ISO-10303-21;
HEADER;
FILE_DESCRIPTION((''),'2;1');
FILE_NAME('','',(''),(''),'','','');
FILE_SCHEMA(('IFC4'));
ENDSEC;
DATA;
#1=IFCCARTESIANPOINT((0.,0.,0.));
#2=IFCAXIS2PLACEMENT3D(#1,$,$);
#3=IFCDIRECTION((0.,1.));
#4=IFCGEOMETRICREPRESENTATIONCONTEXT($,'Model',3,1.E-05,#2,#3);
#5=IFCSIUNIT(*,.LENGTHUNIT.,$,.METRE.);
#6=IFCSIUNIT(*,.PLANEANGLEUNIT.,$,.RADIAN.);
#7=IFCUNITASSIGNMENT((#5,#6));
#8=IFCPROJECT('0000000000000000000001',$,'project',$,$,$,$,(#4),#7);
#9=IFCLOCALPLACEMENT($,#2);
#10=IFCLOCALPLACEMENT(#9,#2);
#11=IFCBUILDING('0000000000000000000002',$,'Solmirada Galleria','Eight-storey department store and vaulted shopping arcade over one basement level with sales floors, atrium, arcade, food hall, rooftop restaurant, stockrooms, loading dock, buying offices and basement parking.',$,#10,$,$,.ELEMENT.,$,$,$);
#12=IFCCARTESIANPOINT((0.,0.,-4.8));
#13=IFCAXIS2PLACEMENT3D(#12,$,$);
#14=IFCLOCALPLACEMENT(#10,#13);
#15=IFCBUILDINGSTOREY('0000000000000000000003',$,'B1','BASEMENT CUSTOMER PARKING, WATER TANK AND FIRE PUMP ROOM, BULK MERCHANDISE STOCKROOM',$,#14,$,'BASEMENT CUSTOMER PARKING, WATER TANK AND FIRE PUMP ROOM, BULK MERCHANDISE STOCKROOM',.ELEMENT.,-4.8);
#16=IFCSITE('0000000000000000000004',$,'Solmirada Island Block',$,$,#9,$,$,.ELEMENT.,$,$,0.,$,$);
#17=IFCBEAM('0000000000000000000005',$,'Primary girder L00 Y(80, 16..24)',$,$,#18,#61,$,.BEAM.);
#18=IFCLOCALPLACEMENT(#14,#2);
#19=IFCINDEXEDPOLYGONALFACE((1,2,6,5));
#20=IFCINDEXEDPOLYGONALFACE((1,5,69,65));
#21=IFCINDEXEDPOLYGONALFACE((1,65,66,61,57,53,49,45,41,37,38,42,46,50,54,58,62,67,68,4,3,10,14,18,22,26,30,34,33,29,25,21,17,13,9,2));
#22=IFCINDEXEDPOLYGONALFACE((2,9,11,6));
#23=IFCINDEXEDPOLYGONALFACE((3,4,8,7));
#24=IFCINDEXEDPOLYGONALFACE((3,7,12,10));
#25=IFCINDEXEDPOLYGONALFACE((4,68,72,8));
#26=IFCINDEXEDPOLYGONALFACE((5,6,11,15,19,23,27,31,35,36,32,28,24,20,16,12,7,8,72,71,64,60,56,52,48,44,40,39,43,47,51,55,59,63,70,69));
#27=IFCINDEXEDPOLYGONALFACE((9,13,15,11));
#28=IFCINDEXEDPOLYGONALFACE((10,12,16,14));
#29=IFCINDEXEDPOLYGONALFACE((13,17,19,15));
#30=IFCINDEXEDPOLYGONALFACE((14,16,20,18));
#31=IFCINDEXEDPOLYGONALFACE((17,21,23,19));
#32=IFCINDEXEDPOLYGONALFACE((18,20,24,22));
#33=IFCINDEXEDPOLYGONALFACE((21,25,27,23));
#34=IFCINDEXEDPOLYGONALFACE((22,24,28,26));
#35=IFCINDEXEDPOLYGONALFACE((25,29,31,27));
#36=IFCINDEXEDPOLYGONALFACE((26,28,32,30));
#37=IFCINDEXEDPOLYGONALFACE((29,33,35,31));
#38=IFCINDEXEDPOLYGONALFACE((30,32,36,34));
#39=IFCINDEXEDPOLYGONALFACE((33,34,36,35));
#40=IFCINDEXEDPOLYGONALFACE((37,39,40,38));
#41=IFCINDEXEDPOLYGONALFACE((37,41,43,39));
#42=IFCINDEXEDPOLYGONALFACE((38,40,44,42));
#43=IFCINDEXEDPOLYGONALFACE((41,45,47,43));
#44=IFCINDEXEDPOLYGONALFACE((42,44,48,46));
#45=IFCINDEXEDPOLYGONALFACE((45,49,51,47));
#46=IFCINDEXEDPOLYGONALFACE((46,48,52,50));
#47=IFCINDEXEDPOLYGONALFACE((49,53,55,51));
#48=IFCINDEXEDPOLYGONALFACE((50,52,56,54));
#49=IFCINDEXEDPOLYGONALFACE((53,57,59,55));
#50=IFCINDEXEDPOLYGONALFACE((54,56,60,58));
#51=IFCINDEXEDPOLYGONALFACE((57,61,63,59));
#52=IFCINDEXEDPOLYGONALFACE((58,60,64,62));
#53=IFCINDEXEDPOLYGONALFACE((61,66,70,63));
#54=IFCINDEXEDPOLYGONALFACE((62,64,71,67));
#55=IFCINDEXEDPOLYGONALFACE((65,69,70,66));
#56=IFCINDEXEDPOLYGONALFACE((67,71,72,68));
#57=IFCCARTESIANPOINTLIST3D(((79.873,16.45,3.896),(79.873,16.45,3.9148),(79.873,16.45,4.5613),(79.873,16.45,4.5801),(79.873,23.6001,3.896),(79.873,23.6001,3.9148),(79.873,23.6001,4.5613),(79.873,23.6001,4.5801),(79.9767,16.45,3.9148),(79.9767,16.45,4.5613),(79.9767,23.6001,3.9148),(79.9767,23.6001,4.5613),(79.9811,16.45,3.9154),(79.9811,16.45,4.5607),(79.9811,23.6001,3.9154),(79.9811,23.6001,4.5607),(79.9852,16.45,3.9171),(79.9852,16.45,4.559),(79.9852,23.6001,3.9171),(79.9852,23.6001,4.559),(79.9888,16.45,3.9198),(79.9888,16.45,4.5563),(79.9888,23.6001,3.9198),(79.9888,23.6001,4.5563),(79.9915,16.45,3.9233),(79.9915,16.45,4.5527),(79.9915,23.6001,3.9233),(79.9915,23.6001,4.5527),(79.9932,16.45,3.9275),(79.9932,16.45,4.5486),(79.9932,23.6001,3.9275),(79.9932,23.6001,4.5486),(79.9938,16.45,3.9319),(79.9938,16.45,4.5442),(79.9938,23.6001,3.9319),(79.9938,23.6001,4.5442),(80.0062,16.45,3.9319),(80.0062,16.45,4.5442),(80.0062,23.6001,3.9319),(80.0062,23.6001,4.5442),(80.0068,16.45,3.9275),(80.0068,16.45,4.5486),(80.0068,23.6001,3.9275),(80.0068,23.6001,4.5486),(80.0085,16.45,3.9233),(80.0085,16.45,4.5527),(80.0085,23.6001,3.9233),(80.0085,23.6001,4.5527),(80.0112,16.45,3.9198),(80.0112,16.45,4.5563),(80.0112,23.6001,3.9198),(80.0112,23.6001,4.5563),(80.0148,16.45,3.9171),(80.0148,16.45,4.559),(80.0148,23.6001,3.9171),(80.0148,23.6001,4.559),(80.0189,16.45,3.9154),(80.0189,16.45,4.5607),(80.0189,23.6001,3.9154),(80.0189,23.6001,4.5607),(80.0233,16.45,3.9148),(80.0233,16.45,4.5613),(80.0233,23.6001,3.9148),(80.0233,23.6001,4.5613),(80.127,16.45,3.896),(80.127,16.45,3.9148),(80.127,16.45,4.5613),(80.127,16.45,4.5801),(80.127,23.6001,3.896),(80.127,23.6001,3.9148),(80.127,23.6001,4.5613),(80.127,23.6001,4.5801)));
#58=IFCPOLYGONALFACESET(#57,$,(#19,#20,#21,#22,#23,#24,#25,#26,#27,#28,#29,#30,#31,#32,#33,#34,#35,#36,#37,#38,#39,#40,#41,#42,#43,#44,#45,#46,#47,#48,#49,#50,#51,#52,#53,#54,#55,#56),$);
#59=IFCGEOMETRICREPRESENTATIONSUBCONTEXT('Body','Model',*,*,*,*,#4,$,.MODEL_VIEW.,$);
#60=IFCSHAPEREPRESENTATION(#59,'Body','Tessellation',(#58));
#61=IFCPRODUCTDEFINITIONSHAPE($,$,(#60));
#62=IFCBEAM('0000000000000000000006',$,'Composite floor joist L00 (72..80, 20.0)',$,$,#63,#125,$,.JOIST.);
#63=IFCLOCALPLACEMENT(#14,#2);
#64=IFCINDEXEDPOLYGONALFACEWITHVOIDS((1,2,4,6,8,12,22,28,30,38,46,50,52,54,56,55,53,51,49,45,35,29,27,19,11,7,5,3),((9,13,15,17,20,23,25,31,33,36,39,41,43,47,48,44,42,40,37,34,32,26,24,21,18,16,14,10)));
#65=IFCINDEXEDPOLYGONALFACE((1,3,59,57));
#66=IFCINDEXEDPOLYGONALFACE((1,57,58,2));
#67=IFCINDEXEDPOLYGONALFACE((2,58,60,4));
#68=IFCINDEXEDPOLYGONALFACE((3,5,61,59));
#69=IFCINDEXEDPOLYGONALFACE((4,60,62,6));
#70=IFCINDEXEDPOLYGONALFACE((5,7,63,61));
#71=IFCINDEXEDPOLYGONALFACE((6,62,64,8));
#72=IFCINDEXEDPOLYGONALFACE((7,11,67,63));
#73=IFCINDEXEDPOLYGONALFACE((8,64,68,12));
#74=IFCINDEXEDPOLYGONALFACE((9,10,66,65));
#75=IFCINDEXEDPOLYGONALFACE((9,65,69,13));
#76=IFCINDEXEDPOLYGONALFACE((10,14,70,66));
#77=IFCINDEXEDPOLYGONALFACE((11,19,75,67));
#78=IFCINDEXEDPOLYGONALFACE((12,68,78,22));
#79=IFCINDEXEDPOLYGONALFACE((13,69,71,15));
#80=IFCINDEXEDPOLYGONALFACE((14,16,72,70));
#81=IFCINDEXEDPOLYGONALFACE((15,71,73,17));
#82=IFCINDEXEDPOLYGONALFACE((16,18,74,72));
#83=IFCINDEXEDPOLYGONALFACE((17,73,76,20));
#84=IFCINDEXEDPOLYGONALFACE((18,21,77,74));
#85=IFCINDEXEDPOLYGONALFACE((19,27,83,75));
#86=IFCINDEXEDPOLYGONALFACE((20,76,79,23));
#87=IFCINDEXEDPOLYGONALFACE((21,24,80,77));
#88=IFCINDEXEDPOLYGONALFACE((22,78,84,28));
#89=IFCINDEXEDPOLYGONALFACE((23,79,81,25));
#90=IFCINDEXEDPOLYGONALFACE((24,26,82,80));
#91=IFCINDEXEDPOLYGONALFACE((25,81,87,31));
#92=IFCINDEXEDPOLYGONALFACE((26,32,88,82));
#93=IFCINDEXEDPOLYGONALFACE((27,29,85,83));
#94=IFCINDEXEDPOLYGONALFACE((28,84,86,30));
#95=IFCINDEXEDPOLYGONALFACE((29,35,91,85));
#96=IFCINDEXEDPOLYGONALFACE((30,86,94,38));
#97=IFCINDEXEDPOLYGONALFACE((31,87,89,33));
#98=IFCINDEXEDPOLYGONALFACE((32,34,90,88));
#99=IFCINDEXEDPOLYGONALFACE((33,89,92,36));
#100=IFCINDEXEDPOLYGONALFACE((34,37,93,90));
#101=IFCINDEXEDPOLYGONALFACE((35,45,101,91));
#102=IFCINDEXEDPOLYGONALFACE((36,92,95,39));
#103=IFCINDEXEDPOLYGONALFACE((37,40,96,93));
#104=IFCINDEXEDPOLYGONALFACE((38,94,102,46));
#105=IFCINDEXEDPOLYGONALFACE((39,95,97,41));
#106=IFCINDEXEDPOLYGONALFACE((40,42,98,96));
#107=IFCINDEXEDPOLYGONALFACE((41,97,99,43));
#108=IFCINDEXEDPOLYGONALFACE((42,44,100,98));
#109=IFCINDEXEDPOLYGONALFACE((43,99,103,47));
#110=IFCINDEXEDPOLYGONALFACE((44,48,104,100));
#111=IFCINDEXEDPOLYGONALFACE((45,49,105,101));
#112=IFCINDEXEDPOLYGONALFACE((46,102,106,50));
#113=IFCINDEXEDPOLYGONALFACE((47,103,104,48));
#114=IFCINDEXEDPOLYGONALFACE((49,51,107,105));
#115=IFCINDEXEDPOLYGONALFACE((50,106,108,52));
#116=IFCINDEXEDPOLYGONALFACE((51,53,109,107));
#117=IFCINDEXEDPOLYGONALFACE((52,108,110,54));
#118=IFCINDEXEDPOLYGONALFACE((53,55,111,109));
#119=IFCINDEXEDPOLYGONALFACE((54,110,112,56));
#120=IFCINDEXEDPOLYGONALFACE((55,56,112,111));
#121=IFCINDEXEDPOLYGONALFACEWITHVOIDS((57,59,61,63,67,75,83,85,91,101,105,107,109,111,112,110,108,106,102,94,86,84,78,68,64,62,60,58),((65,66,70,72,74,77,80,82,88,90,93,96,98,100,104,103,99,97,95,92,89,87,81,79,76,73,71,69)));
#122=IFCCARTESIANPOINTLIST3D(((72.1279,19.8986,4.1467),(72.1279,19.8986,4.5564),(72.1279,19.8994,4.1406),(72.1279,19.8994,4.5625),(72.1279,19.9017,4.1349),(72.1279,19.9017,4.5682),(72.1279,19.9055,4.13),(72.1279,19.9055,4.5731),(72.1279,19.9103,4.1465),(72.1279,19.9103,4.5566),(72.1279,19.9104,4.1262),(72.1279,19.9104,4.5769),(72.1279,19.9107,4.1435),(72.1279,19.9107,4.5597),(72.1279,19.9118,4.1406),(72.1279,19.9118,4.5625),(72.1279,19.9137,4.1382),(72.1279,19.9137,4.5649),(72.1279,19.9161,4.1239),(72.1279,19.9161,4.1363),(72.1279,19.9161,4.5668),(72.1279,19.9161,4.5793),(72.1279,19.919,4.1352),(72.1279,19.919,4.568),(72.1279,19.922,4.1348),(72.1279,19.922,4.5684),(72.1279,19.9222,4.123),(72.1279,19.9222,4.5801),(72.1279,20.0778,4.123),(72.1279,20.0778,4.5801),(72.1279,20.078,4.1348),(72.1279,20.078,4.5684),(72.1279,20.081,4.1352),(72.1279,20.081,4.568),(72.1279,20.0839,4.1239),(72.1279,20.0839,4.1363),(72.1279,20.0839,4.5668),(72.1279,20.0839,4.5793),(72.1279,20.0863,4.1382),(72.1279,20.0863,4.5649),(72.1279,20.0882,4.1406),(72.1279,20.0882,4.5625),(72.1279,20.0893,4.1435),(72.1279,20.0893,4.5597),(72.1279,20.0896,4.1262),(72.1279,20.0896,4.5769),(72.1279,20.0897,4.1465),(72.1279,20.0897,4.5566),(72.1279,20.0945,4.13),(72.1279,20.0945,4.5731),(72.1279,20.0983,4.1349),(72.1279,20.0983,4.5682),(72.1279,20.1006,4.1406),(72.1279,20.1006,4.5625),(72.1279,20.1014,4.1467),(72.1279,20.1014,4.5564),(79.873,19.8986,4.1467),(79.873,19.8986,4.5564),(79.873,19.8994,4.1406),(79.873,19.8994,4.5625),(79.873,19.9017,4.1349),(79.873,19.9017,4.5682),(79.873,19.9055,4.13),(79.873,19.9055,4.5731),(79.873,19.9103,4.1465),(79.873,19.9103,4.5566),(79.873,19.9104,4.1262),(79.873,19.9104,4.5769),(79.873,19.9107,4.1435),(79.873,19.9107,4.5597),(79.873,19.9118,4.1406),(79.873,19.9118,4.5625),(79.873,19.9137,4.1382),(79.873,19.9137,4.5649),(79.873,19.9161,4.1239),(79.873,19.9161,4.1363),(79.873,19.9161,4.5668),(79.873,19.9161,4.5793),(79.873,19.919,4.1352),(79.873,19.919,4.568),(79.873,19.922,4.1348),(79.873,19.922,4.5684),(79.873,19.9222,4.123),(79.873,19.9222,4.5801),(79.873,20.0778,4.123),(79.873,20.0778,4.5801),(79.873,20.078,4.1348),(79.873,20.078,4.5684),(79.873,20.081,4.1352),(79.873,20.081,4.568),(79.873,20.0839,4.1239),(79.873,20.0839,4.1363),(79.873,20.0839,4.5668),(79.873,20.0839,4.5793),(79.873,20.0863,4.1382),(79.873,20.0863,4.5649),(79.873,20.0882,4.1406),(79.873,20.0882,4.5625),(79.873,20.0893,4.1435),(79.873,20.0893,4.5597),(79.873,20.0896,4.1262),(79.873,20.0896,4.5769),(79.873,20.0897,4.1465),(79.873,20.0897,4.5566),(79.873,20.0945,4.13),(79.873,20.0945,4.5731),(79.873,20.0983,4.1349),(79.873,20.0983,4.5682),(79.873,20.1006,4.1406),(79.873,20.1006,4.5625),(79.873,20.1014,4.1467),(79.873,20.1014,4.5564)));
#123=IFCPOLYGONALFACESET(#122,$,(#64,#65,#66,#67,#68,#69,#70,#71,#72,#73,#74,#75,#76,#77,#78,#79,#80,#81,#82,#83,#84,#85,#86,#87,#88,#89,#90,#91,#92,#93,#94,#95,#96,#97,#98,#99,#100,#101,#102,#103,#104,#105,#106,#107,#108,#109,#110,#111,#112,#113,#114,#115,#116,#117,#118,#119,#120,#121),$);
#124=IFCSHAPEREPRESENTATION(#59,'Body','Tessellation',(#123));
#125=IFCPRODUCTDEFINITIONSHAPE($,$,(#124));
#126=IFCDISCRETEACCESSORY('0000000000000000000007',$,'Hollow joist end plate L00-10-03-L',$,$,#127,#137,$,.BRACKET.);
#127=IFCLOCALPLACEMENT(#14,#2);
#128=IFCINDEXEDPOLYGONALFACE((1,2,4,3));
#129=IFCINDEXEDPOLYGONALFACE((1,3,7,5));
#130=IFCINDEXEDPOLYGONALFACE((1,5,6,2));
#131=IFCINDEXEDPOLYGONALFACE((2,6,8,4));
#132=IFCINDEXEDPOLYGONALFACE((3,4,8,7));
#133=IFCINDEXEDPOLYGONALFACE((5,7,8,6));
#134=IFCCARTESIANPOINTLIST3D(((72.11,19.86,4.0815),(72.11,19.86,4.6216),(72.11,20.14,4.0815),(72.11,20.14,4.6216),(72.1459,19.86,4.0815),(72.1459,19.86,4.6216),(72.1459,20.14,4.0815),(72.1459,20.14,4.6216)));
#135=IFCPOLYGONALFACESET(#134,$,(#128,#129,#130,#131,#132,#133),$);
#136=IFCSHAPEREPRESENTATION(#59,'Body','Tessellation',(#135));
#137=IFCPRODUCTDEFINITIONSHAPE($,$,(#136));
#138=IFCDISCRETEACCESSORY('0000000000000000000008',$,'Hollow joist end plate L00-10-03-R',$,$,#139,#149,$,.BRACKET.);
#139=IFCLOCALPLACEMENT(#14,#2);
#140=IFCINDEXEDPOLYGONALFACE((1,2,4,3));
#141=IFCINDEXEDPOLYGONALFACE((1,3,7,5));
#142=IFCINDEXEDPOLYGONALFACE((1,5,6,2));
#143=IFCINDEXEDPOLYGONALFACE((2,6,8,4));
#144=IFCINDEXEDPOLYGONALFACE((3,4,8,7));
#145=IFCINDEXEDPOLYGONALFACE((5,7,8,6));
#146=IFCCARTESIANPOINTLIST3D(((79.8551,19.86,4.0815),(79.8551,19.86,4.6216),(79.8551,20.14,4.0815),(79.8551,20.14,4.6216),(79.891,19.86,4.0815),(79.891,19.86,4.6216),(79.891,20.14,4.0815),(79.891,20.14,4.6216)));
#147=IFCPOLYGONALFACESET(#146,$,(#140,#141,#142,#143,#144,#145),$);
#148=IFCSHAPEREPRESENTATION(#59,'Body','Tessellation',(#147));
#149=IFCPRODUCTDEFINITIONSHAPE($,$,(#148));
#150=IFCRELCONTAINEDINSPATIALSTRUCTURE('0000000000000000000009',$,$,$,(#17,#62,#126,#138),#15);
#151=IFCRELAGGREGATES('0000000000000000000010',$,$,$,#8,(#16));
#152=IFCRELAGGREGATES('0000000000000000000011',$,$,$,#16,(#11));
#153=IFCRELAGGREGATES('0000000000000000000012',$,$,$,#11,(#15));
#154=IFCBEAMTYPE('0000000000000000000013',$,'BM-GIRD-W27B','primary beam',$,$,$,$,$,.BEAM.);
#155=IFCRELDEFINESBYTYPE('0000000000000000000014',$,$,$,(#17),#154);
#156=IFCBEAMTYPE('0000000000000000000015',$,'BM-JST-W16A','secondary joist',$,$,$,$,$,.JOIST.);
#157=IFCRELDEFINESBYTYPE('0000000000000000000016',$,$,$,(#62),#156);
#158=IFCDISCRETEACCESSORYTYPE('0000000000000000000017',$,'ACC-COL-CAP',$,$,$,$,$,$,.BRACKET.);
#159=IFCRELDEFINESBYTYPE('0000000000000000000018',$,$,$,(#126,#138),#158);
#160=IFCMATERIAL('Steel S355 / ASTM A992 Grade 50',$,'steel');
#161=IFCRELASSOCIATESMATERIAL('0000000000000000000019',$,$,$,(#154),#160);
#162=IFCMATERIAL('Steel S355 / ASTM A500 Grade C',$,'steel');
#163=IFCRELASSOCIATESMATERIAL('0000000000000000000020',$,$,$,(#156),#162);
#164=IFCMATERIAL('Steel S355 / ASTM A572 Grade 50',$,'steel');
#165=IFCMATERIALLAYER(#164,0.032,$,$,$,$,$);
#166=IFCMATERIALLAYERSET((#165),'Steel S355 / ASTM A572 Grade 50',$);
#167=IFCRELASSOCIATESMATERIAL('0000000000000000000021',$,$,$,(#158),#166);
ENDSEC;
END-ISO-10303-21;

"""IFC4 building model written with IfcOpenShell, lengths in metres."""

from ifc_helpers import new_model, si_unit, direction, frame, origin, origin_2d, place, context, subcontext, project, spatial, rectangle, hollow_rectangle, i_section, extrude, material, layer, layer_set, material_profile, profile_set, type_object, element, save


model = new_model("IFC4")

# Units and contexts
model_context = context("Model", 3, precision=1e-05, world=origin(), true_north=direction((0.0, 1.0)))
body_context = subcontext(model_context, "Body", "Model", "MODEL_VIEW")
ifc_project = project(units=[si_unit("LENGTHUNIT", "METRE"), si_unit("PLANEANGLEUNIT", "RADIAN")], contexts=[model_context])

# Site, building, storey
site_placement = place(None, origin())
site = spatial("IfcSite", under=ifc_project, at=site_placement, Name="Solmirada Island Block", CompositionType="ELEMENT", RefElevation=0.0)
building_placement = place(site_placement, origin())
building = spatial("IfcBuilding", under=site, at=building_placement, Name="Solmirada Galleria", Description="Eight-storey department store and vaulted shopping arcade over one basement level with sales floors, atrium, arcade, food hall, rooftop restaurant, stockrooms, loading dock, buying offices and basement parking.", CompositionType="ELEMENT")
storey_placement = place(building_placement, frame((0.0, 0.0, -4.8)))
storey = spatial("IfcBuildingStorey", under=building, at=storey_placement, Name="B1", Description="BASEMENT CUSTOMER PARKING, WATER TANK AND FIRE PUMP ROOM, BULK MERCHANDISE STOCKROOM", LongName="BASEMENT CUSTOMER PARKING, WATER TANK AND FIRE PUMP ROOM, BULK MERCHANDISE STOCKROOM", CompositionType="ELEMENT", Elevation=-4.8)

# Shared definitions
ifc_material_1 = material(Name="Steel S355 / ASTM A500 Grade C", Category="steel")

# Beams
ifc_material_2 = material(Name="Steel S355 / ASTM A992 Grade 50", Category="steel")
ifc_material_profile_1 = material_profile(ifc_material_2, i_section(OverallWidth=0.2539, OverallDepth=0.6841, WebThickness=0.0125, FlangeThickness=0.0188, FilletRadius=0.0171, at=origin_2d()), Name="W27X94")
ifc_profile_set_1 = profile_set([ifc_material_profile_1], Name="Steel S355 / ASTM A992 Grade 50")
beam_type_1 = type_object("IfcBeamType", Name="BM-GIRD-W27B", Description="primary beam", PredefinedType="BEAM", material=ifc_profile_set_1)
beam_1_placement = place(storey_placement, frame((80.0, 16.45, 4.238), z_axis=(0.0, 1.0, 0.0), x_axis=(-1.0, 0.0, 0.0)))
element("IfcBeam", 1, at=beam_1_placement, inside=storey, type_object=beam_type_1, Name="Primary girder L00 Y(80, 16..24)", PredefinedType="BEAM", context=body_context, shape_type="SweptSolid", body=[
    extrude(i_section(OverallWidth=0.2539, OverallDepth=0.6841, WebThickness=0.0125, FlangeThickness=0.0188, FilletRadius=0.0171, at=origin_2d()), origin(), (0.0, 0.0, 1.0), 7.1501),
])
ifc_material_profile_2 = material_profile(ifc_material_1, hollow_rectangle(XDim=0.2029, YDim=0.457, WallThickness=0.0117, InnerFilletRadius=0.0117, OuterFilletRadius=0.0237, at=origin_2d()), Name="HSS18X8X1/2")
ifc_profile_set_2 = profile_set([ifc_material_profile_2], Name="Steel S355 / ASTM A500 Grade C")
beam_type_2 = type_object("IfcBeamType", Name="BM-JST-W16A", Description="secondary joist", PredefinedType="JOIST", material=ifc_profile_set_2)
beam_2_placement = place(storey_placement, frame((72.1279, 20.0, 4.3516), z_axis=(1.0, 0.0, 0.0), x_axis=(0.0, 1.0, 0.0)))
element("IfcBeam", 2, at=beam_2_placement, inside=storey, type_object=beam_type_2, Name="Composite floor joist L00 (72..80, 20.0)", PredefinedType="JOIST", context=body_context, shape_type="SweptSolid", body=[
    extrude(hollow_rectangle(XDim=0.2029, YDim=0.457, WallThickness=0.0117, InnerFilletRadius=0.0117, OuterFilletRadius=0.0237, at=origin_2d()), origin(), (0.0, 0.0, 1.0), 7.7451),
])

# Discrete accessories
ifc_material_3 = material(Name="Steel S355 / ASTM A572 Grade 50", Category="steel")
ifc_layer = layer(ifc_material_3, 0.032)
ifc_layer_set = layer_set([ifc_layer], Name="Steel S355 / ASTM A572 Grade 50")
discrete_accessory_type = type_object("IfcDiscreteAccessoryType", Name="ACC-COL-CAP", PredefinedType="BRACKET", material=ifc_layer_set)
for number, where, z_axis, x_axis, name in (
    (3, (72.1279, 20.0, 4.0815), (0.0, 0.0, 1.0), (1.0, 0.0, 0.0), "Hollow joist end plate L00-10-03-L"),
    (4, (79.873, 20.0, 4.0815), (0.0, 0.0, 1.0), (1.0, 0.0, 0.0), "Hollow joist end plate L00-10-03-R"),
):
    element("IfcDiscreteAccessory", number, at=place(storey_placement, frame(where, z_axis=z_axis, x_axis=x_axis)), inside=storey, type_object=discrete_accessory_type, Name=name, PredefinedType="BRACKET", context=body_context, shape_type="SweptSolid", body=[
        extrude(rectangle(XDim=0.0359, YDim=0.28, at=origin_2d()), origin(), (0.0, 0.0, 1.0), 0.54),
    ])

save(model, "model.ifc")
